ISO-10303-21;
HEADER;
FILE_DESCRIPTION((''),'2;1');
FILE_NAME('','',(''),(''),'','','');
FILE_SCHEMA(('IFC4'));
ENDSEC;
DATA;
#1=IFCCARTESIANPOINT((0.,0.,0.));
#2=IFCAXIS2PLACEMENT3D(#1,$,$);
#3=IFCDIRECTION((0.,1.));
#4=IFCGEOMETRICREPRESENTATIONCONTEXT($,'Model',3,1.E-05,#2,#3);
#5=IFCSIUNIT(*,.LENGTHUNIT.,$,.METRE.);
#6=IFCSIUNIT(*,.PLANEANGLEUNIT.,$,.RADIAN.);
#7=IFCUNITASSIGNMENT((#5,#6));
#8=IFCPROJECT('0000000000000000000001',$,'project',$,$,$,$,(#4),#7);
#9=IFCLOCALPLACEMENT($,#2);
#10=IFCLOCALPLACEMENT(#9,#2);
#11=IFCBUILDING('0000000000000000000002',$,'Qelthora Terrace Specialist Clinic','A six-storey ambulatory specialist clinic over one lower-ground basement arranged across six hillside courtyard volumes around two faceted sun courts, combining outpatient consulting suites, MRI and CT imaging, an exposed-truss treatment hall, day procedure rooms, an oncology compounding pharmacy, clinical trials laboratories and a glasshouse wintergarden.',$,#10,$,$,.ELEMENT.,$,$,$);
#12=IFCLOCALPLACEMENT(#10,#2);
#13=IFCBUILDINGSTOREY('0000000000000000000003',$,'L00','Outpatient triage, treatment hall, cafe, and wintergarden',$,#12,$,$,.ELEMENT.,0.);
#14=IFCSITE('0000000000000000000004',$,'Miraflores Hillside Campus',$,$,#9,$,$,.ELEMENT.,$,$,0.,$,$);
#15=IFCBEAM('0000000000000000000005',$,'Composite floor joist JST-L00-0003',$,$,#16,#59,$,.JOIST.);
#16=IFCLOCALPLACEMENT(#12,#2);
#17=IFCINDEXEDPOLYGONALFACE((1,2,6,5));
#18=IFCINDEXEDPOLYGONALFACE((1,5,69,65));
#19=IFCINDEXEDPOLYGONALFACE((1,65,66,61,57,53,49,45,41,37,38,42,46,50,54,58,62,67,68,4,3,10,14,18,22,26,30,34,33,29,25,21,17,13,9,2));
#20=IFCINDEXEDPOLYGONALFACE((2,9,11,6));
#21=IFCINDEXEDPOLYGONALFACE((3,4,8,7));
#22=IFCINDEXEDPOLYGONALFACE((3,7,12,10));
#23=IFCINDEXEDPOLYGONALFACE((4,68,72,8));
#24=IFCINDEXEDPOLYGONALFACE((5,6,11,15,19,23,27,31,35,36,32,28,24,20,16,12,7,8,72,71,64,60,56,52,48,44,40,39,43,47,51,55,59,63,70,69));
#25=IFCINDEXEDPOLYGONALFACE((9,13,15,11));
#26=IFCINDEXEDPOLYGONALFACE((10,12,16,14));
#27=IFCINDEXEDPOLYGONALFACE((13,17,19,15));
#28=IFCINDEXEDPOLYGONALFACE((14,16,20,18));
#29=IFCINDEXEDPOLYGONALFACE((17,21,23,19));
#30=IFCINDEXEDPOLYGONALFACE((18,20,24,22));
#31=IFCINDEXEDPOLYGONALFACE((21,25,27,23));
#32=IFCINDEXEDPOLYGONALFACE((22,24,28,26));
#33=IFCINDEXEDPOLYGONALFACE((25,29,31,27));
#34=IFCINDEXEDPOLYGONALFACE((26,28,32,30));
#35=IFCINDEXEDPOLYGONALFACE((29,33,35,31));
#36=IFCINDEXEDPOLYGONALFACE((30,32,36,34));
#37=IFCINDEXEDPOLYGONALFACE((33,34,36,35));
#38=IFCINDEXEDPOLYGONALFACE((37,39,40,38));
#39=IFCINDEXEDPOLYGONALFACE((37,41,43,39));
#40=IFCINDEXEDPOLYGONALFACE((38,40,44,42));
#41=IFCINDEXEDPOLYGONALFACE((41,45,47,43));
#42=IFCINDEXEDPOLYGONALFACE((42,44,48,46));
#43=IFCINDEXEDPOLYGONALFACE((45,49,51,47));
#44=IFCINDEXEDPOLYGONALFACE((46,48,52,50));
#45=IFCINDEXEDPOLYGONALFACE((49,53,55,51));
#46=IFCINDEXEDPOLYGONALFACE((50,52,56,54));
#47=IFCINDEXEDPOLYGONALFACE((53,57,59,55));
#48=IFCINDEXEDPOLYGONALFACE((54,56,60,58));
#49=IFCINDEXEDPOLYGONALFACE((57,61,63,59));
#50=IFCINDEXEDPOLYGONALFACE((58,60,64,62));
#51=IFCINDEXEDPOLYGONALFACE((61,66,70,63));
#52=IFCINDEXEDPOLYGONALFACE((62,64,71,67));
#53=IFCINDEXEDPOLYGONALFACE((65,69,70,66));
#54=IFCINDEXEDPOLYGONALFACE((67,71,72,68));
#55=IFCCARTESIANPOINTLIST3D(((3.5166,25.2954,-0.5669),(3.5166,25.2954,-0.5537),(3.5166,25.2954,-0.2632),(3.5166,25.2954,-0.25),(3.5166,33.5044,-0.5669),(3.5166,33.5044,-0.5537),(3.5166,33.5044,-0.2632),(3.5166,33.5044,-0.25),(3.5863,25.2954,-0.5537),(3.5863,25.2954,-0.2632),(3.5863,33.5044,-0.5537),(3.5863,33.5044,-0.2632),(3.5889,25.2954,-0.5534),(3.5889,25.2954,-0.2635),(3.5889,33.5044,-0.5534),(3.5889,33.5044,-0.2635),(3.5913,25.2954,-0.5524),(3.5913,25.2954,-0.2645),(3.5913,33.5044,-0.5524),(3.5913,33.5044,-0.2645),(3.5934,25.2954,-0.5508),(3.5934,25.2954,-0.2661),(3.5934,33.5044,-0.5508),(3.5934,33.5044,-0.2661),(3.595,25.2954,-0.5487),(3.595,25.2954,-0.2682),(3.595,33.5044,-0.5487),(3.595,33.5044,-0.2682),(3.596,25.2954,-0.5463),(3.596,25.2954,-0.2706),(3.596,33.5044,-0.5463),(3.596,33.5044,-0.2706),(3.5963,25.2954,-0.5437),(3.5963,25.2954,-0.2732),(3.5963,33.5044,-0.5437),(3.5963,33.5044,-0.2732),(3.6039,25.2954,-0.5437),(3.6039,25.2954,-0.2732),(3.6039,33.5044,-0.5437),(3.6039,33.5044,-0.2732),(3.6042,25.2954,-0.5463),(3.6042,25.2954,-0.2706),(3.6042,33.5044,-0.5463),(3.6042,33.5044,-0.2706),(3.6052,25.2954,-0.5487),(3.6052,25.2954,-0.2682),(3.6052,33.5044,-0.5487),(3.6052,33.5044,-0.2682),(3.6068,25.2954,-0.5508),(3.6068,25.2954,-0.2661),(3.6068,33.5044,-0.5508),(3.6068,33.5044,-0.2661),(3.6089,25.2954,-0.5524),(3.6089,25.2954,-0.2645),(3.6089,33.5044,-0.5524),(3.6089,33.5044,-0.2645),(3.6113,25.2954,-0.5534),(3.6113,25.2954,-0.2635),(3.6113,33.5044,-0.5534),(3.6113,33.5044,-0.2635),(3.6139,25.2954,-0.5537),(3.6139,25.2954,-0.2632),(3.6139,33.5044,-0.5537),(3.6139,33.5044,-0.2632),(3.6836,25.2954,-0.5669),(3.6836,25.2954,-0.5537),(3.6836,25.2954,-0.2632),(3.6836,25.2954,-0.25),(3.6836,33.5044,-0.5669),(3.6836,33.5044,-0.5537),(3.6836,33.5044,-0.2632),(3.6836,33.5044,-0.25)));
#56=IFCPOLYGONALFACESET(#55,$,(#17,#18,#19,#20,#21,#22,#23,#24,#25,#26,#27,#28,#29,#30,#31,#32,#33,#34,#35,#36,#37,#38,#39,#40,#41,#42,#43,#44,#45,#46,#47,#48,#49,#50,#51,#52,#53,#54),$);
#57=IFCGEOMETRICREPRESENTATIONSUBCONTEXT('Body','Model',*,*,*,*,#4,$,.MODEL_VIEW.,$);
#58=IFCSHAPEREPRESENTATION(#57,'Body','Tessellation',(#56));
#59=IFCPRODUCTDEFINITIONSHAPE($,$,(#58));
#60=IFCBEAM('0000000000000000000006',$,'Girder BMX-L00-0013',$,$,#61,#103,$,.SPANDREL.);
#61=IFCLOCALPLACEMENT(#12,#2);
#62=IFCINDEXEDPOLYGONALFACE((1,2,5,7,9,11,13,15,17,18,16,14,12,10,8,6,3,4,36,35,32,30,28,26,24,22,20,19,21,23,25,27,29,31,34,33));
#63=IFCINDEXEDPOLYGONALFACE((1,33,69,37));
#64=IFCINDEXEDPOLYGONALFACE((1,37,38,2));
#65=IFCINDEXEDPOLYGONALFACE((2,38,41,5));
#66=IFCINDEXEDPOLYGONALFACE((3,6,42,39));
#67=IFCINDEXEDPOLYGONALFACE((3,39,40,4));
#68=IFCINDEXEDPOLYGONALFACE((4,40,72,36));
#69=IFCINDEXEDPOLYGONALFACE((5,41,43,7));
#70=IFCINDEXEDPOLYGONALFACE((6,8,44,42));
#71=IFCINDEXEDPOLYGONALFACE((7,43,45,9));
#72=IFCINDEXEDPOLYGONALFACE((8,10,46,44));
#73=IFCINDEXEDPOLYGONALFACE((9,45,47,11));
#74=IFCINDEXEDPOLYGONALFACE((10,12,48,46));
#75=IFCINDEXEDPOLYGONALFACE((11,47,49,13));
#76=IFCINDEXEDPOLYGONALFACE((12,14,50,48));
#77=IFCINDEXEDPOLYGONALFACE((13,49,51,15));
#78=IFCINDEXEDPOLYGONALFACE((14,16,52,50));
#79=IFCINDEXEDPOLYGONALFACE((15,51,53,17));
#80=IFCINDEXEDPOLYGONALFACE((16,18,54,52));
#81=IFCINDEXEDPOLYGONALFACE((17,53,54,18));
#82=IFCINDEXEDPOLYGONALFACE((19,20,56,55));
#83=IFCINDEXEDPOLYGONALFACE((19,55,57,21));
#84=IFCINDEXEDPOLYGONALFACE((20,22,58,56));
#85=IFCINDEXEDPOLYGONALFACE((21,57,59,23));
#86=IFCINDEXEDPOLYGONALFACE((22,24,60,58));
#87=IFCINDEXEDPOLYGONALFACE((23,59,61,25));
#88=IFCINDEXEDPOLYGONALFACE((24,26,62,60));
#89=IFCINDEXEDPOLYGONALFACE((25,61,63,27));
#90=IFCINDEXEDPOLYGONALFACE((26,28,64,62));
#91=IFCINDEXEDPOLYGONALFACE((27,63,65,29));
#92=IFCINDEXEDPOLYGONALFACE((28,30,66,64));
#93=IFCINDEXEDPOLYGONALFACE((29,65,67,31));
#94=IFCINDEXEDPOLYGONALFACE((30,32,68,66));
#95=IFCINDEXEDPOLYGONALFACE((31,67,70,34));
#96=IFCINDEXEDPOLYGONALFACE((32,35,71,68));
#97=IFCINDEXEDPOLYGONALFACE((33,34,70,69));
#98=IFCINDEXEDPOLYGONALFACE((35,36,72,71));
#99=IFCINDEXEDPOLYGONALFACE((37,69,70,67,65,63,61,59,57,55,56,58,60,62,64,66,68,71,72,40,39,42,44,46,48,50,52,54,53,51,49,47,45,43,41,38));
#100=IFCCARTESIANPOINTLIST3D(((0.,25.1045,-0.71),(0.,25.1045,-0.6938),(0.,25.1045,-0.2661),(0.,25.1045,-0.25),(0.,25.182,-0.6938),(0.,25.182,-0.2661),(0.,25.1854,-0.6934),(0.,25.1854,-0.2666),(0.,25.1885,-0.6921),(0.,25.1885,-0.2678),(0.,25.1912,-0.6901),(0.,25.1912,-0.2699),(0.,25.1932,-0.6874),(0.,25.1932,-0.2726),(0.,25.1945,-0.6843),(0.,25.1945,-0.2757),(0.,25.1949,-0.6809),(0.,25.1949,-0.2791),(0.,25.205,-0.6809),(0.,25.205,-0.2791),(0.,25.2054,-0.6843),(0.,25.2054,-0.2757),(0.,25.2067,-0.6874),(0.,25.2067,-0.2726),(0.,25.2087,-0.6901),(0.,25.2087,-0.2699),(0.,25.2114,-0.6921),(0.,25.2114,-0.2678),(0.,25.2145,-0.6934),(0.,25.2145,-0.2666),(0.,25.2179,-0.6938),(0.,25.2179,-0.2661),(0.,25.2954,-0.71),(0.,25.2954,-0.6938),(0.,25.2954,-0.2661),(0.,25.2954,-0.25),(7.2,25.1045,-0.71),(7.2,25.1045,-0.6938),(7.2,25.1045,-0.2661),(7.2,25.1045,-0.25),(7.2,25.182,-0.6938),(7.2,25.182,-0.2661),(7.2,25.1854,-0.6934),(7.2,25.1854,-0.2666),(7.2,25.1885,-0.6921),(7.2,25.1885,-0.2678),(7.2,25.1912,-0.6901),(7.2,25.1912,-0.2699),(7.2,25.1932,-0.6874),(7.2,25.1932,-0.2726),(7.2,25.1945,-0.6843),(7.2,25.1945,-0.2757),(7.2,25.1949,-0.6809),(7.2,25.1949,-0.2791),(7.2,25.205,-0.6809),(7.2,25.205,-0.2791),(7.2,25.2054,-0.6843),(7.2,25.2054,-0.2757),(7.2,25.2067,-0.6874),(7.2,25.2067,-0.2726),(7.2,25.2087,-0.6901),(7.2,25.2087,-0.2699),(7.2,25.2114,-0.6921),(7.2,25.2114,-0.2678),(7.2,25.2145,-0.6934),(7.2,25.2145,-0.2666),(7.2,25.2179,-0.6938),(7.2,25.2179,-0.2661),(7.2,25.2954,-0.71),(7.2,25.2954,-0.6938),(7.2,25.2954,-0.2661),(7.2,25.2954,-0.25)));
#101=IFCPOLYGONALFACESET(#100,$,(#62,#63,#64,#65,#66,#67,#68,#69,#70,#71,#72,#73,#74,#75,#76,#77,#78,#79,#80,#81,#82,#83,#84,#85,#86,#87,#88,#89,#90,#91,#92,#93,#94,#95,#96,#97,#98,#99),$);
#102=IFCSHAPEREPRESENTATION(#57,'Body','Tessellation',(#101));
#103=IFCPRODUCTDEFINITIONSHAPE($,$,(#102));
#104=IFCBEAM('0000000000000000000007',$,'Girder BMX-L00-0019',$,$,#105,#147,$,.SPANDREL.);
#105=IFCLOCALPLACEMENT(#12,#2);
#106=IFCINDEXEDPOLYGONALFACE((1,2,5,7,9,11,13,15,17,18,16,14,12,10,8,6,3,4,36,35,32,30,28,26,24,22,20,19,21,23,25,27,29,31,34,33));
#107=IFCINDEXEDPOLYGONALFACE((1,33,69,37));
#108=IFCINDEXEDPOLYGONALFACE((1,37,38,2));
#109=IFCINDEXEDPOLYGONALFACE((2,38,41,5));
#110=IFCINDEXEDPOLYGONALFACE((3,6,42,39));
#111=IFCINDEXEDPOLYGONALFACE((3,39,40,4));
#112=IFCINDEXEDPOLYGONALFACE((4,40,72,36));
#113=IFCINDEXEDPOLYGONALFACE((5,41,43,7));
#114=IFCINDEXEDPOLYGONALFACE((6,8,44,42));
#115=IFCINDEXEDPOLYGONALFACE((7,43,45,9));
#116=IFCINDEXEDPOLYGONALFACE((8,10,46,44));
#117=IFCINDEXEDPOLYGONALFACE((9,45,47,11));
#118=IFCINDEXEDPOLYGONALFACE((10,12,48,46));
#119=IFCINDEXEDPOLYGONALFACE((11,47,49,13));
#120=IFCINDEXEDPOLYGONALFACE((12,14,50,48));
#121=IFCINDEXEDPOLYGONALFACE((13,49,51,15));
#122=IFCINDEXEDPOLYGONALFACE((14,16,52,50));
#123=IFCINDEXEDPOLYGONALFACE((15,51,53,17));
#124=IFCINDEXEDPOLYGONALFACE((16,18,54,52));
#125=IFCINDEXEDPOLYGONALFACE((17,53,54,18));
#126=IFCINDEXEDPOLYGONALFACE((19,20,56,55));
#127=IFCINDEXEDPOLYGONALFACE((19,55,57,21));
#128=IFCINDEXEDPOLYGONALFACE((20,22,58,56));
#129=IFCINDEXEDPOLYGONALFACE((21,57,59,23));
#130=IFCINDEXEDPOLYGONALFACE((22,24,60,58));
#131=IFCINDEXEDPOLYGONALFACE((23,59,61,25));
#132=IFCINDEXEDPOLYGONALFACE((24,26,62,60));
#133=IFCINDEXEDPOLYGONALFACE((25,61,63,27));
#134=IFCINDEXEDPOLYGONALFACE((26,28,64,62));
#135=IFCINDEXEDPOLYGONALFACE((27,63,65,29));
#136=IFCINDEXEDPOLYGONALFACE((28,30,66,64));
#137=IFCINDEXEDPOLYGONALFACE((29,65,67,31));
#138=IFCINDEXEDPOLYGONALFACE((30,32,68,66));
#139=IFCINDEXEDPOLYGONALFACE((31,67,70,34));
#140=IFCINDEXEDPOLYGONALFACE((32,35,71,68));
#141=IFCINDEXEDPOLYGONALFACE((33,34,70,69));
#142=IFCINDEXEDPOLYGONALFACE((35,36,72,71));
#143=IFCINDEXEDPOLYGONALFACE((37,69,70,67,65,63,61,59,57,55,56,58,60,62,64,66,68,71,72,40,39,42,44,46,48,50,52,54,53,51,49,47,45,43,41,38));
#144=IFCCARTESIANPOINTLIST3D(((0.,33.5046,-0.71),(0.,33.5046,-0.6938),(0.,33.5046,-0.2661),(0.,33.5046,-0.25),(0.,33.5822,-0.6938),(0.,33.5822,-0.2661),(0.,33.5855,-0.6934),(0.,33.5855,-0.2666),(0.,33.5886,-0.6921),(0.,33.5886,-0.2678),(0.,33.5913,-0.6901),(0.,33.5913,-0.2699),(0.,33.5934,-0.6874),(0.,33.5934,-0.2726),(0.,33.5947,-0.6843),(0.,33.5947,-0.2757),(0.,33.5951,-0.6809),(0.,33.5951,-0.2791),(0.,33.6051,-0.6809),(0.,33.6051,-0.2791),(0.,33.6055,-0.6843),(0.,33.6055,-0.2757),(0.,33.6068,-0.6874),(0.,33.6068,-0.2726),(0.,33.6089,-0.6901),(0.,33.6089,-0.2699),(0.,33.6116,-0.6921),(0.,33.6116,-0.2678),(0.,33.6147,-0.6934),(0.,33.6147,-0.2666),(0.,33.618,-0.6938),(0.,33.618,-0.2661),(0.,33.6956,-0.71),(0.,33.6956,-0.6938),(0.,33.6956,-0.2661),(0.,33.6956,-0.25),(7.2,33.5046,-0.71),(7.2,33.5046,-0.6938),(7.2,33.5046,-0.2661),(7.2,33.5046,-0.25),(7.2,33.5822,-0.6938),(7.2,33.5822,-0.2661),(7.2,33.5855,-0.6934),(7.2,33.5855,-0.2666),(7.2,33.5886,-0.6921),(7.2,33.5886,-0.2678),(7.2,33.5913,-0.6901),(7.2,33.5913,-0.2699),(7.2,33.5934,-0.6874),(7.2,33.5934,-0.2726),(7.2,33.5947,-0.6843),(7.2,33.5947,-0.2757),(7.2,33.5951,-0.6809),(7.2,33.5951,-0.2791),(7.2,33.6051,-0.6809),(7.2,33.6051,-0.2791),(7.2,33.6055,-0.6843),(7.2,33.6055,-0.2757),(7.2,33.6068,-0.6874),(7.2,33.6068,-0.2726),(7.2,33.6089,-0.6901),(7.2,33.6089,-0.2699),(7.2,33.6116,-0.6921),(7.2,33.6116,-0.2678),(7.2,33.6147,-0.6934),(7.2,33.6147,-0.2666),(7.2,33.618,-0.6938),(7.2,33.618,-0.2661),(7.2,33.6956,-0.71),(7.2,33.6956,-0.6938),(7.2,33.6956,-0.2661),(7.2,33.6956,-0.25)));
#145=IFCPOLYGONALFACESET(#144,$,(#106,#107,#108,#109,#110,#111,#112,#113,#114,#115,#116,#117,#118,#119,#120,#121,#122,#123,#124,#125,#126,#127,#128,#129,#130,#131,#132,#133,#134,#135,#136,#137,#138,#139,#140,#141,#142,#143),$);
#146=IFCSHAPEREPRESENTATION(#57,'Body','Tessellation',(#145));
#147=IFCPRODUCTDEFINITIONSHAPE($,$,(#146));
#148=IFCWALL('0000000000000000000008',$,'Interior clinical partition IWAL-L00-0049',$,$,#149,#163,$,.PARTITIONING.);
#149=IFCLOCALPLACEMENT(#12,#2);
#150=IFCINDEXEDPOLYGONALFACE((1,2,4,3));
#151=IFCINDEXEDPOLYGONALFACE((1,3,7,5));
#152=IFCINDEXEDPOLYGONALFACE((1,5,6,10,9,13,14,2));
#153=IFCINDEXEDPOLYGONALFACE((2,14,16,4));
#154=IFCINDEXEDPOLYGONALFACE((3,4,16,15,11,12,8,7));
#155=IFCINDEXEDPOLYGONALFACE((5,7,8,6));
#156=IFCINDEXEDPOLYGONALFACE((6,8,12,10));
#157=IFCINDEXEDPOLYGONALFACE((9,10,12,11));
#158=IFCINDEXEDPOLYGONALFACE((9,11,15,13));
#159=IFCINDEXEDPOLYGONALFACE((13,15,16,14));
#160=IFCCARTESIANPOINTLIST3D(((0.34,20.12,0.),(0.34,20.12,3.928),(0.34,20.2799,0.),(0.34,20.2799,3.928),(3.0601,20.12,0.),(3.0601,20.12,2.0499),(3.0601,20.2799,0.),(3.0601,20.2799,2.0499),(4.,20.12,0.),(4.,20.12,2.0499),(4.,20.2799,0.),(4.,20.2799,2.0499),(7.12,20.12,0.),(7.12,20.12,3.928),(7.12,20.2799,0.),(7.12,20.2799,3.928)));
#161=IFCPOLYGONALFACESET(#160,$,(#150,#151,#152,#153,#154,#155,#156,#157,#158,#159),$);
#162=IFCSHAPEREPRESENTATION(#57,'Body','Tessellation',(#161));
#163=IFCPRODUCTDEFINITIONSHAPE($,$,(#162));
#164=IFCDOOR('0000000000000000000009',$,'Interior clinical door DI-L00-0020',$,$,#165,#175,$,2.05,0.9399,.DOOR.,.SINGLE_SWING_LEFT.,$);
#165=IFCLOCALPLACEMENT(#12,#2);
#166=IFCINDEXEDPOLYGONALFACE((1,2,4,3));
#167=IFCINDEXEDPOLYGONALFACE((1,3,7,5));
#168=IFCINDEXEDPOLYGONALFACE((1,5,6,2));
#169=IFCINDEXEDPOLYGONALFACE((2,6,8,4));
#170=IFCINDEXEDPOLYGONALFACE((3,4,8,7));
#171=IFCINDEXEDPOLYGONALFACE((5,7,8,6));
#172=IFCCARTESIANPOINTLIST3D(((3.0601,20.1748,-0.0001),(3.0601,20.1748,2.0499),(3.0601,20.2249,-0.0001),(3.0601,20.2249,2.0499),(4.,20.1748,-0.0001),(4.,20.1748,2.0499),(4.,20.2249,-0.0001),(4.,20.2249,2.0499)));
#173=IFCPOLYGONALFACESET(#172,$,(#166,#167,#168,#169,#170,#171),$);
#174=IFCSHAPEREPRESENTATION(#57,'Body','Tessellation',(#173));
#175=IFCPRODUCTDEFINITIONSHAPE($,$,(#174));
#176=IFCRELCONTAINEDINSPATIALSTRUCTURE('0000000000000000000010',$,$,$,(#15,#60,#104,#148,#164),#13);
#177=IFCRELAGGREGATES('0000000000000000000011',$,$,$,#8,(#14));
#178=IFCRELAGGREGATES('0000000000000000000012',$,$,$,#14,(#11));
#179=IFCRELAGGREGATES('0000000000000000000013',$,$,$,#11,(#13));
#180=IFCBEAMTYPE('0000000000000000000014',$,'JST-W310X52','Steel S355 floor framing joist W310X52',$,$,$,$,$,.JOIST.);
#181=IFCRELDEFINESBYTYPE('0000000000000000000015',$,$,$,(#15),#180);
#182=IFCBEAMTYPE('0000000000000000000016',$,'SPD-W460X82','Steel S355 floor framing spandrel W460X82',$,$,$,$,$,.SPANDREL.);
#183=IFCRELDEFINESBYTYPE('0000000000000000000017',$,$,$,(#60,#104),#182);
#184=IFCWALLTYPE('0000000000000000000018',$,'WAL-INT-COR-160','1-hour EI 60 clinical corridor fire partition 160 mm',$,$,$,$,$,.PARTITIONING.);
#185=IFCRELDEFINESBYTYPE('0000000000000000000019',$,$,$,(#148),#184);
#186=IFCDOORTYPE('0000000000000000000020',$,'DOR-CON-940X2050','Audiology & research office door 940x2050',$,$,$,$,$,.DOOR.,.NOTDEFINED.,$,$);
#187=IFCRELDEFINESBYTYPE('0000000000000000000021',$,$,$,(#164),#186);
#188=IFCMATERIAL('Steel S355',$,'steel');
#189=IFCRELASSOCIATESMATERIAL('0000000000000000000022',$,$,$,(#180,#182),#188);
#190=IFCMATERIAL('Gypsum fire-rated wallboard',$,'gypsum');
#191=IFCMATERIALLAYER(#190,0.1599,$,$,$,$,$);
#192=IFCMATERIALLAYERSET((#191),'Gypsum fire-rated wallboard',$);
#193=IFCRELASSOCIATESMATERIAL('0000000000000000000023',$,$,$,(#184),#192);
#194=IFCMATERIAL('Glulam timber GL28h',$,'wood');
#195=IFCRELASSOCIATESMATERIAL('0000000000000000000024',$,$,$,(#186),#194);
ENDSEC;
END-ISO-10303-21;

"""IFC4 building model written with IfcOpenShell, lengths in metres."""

from ifc_helpers import new_model, si_unit, direction, frame, frame_2d, origin, origin_2d, place, context, subcontext, project, spatial, rectangle, i_section, extrude, material, layer, layer_set, material_profile, profile_set, type_object, element, fill, save


model = new_model("IFC4")

# Units and contexts
model_context = context("Model", 3, precision=1e-05, world=origin(), true_north=direction((0.0, 1.0)))
body_context = subcontext(model_context, "Body", "Model", "MODEL_VIEW")
ifc_project = project(units=[si_unit("LENGTHUNIT", "METRE"), si_unit("PLANEANGLEUNIT", "RADIAN")], contexts=[model_context])

# Site, building, storey
site_placement = place(None, origin())
site = spatial("IfcSite", under=ifc_project, at=site_placement, Name="Miraflores Hillside Campus", CompositionType="ELEMENT", RefElevation=0.0)
building_placement = place(site_placement, origin())
building = spatial("IfcBuilding", under=site, at=building_placement, Name="Qelthora Terrace Specialist Clinic", Description="A six-storey ambulatory specialist clinic over one lower-ground basement arranged across six hillside courtyard volumes around two faceted sun courts, combining outpatient consulting suites, MRI and CT imaging, an exposed-truss treatment hall, day procedure rooms, an oncology compounding pharmacy, clinical trials laboratories and a glasshouse wintergarden.", CompositionType="ELEMENT")
storey_placement = place(building_placement, origin())
storey = spatial("IfcBuildingStorey", under=building, at=storey_placement, Name="L00", Description="Outpatient triage, treatment hall, cafe, and wintergarden", CompositionType="ELEMENT", Elevation=0.0)

# Shared definitions
ifc_material_1 = material(Name="Steel S355", Category="steel")

# Beams
ifc_material_profile_1 = material_profile(ifc_material_1, i_section(OverallWidth=0.167, OverallDepth=0.3169, WebThickness=0.0076, FlangeThickness=0.0132, FilletRadius=0.01, at=origin_2d()), Name="W310X52")
ifc_profile_set_1 = profile_set([ifc_material_profile_1], Name="Steel S355")
beam_type_1 = type_object("IfcBeamType", Name="JST-W310X52", Description="Steel S355 floor framing joist W310X52", PredefinedType="JOIST", material=ifc_profile_set_1)
beam_1_placement = place(storey_placement, frame((3.6001, 25.2954, -0.4084), z_axis=(0.0, 1.0, 0.0), x_axis=(-1.0, 0.0, 0.0)))
element("IfcBeam", 1, at=beam_1_placement, inside=storey, type_object=beam_type_1, Name="Composite floor joist JST-L00-0003", PredefinedType="JOIST", context=body_context, shape_type="SweptSolid", body=[
    extrude(i_section(OverallWidth=0.167, OverallDepth=0.3169, WebThickness=0.0076, FlangeThickness=0.0132, FilletRadius=0.01, at=origin_2d()), origin(), (0.0, 0.0, 1.0), 8.209),
])
ifc_material_profile_2 = material_profile(ifc_material_1, i_section(OverallWidth=0.1909, OverallDepth=0.46, WebThickness=0.01, FlangeThickness=0.0161, FilletRadius=0.0129, at=origin_2d()), Name="W460X82")
ifc_profile_set_2 = profile_set([ifc_material_profile_2], Name="Steel S355")
beam_type_2 = type_object("IfcBeamType", Name="SPD-W460X82", Description="Steel S355 floor framing spandrel W460X82", PredefinedType="SPANDREL", material=ifc_profile_set_2)
for number, where, z_axis, x_axis, name in (
    (2, (0.0, 25.2, -0.48), (1.0, 0.0, 0.0), (0.0, 1.0, 0.0), "Girder BMX-L00-0013"),
    (3, (0.0, 33.6001, -0.48), (1.0, 0.0, 0.0), (0.0, 1.0, 0.0), "Girder BMX-L00-0019"),
):
    element("IfcBeam", number, at=place(storey_placement, frame(where, z_axis=z_axis, x_axis=x_axis)), inside=storey, type_object=beam_type_2, Name=name, PredefinedType="SPANDREL", context=body_context, shape_type="SweptSolid", body=[
        extrude(i_section(OverallWidth=0.1909, OverallDepth=0.46, WebThickness=0.01, FlangeThickness=0.0161, FilletRadius=0.0129, at=origin_2d()), origin(), (0.0, 0.0, 1.0), 7.2),
    ])

# Wall, opening, door
ifc_material_2 = material(Name="Gypsum fire-rated wallboard", Category="gypsum")
ifc_layer_1 = layer(ifc_material_2, 0.1599)
ifc_layer_set_1 = layer_set([ifc_layer_1], Name="Gypsum fire-rated wallboard")
wall_type_1 = type_object("IfcWallType", Name="WAL-INT-COR-160", Description="1-hour EI 60 clinical corridor fire partition 160 mm", PredefinedType="PARTITIONING", material=ifc_layer_set_1)
wall_1_placement = place(storey_placement, frame((7.1201, 20.2, 0.0), z_axis=(0.0, 0.0, 1.0), x_axis=(-1.0, 0.0, 0.0)))
wall_1 = element("IfcWall", 4, at=wall_1_placement, inside=storey, type_object=wall_type_1, Name="Interior clinical partition IWAL-L00-0049", PredefinedType="PARTITIONING", context=body_context, shape_type="SweptSolid", body=[
    extrude(rectangle(XDim=6.78, YDim=0.1599, at=frame_2d((3.3901, 0.0))), origin(), (0.0, 0.0, 1.0), 3.928),
])
opening_1_placement = place(wall_1_placement, frame((3.1201, 0.0, 0.0)))
opening_1 = element("IfcOpeningElement", 5, at=opening_1_placement, cuts=wall_1, PredefinedType="OPENING", context=body_context, shape_type="SweptSolid", body=[
    extrude(rectangle(XDim=0.9399, YDim=2.05, at=frame_2d((0.47, 1.0249))), frame((0.0, 0.0898, 0.0), z_axis=(0.0, -1.0, 0.0), x_axis=(1.0, 0.0, 0.0)), (0.0, 0.0, 1.0), 0.1799),
])
ifc_material_3 = material(Name="Glulam timber GL28h", Category="wood")
door_type_1 = type_object("IfcDoorType", Name="DOR-CON-940X2050", Description="Audiology & research office door 940x2050", OperationType="NOTDEFINED", PredefinedType="DOOR", material=ifc_material_3)
door_1_placement = place(opening_1_placement, frame((0.9399, 0.0, 0.0), z_axis=(0.0, 0.0, 1.0), x_axis=(-1.0, 0.0, 0.0)))
door_1 = element("IfcDoor", 6, at=door_1_placement, inside=storey, type_object=door_type_1, Name="Interior clinical door DI-L00-0020", OperationType="SINGLE_SWING_LEFT", OverallHeight=2.05, OverallWidth=0.9399, PredefinedType="DOOR", context=body_context, shape_type="SweptSolid", body=[
    extrude(rectangle(XDim=0.9399, YDim=2.05, at=frame_2d((0.47, 1.0249))), frame((0.0, 0.0249, 0.0), z_axis=(0.0, -1.0, 0.0), x_axis=(1.0, 0.0, 0.0)), (0.0, 0.0, 1.0), 0.05),
])
fill(opening_1, door_1)

save(model, "model.ifc")
